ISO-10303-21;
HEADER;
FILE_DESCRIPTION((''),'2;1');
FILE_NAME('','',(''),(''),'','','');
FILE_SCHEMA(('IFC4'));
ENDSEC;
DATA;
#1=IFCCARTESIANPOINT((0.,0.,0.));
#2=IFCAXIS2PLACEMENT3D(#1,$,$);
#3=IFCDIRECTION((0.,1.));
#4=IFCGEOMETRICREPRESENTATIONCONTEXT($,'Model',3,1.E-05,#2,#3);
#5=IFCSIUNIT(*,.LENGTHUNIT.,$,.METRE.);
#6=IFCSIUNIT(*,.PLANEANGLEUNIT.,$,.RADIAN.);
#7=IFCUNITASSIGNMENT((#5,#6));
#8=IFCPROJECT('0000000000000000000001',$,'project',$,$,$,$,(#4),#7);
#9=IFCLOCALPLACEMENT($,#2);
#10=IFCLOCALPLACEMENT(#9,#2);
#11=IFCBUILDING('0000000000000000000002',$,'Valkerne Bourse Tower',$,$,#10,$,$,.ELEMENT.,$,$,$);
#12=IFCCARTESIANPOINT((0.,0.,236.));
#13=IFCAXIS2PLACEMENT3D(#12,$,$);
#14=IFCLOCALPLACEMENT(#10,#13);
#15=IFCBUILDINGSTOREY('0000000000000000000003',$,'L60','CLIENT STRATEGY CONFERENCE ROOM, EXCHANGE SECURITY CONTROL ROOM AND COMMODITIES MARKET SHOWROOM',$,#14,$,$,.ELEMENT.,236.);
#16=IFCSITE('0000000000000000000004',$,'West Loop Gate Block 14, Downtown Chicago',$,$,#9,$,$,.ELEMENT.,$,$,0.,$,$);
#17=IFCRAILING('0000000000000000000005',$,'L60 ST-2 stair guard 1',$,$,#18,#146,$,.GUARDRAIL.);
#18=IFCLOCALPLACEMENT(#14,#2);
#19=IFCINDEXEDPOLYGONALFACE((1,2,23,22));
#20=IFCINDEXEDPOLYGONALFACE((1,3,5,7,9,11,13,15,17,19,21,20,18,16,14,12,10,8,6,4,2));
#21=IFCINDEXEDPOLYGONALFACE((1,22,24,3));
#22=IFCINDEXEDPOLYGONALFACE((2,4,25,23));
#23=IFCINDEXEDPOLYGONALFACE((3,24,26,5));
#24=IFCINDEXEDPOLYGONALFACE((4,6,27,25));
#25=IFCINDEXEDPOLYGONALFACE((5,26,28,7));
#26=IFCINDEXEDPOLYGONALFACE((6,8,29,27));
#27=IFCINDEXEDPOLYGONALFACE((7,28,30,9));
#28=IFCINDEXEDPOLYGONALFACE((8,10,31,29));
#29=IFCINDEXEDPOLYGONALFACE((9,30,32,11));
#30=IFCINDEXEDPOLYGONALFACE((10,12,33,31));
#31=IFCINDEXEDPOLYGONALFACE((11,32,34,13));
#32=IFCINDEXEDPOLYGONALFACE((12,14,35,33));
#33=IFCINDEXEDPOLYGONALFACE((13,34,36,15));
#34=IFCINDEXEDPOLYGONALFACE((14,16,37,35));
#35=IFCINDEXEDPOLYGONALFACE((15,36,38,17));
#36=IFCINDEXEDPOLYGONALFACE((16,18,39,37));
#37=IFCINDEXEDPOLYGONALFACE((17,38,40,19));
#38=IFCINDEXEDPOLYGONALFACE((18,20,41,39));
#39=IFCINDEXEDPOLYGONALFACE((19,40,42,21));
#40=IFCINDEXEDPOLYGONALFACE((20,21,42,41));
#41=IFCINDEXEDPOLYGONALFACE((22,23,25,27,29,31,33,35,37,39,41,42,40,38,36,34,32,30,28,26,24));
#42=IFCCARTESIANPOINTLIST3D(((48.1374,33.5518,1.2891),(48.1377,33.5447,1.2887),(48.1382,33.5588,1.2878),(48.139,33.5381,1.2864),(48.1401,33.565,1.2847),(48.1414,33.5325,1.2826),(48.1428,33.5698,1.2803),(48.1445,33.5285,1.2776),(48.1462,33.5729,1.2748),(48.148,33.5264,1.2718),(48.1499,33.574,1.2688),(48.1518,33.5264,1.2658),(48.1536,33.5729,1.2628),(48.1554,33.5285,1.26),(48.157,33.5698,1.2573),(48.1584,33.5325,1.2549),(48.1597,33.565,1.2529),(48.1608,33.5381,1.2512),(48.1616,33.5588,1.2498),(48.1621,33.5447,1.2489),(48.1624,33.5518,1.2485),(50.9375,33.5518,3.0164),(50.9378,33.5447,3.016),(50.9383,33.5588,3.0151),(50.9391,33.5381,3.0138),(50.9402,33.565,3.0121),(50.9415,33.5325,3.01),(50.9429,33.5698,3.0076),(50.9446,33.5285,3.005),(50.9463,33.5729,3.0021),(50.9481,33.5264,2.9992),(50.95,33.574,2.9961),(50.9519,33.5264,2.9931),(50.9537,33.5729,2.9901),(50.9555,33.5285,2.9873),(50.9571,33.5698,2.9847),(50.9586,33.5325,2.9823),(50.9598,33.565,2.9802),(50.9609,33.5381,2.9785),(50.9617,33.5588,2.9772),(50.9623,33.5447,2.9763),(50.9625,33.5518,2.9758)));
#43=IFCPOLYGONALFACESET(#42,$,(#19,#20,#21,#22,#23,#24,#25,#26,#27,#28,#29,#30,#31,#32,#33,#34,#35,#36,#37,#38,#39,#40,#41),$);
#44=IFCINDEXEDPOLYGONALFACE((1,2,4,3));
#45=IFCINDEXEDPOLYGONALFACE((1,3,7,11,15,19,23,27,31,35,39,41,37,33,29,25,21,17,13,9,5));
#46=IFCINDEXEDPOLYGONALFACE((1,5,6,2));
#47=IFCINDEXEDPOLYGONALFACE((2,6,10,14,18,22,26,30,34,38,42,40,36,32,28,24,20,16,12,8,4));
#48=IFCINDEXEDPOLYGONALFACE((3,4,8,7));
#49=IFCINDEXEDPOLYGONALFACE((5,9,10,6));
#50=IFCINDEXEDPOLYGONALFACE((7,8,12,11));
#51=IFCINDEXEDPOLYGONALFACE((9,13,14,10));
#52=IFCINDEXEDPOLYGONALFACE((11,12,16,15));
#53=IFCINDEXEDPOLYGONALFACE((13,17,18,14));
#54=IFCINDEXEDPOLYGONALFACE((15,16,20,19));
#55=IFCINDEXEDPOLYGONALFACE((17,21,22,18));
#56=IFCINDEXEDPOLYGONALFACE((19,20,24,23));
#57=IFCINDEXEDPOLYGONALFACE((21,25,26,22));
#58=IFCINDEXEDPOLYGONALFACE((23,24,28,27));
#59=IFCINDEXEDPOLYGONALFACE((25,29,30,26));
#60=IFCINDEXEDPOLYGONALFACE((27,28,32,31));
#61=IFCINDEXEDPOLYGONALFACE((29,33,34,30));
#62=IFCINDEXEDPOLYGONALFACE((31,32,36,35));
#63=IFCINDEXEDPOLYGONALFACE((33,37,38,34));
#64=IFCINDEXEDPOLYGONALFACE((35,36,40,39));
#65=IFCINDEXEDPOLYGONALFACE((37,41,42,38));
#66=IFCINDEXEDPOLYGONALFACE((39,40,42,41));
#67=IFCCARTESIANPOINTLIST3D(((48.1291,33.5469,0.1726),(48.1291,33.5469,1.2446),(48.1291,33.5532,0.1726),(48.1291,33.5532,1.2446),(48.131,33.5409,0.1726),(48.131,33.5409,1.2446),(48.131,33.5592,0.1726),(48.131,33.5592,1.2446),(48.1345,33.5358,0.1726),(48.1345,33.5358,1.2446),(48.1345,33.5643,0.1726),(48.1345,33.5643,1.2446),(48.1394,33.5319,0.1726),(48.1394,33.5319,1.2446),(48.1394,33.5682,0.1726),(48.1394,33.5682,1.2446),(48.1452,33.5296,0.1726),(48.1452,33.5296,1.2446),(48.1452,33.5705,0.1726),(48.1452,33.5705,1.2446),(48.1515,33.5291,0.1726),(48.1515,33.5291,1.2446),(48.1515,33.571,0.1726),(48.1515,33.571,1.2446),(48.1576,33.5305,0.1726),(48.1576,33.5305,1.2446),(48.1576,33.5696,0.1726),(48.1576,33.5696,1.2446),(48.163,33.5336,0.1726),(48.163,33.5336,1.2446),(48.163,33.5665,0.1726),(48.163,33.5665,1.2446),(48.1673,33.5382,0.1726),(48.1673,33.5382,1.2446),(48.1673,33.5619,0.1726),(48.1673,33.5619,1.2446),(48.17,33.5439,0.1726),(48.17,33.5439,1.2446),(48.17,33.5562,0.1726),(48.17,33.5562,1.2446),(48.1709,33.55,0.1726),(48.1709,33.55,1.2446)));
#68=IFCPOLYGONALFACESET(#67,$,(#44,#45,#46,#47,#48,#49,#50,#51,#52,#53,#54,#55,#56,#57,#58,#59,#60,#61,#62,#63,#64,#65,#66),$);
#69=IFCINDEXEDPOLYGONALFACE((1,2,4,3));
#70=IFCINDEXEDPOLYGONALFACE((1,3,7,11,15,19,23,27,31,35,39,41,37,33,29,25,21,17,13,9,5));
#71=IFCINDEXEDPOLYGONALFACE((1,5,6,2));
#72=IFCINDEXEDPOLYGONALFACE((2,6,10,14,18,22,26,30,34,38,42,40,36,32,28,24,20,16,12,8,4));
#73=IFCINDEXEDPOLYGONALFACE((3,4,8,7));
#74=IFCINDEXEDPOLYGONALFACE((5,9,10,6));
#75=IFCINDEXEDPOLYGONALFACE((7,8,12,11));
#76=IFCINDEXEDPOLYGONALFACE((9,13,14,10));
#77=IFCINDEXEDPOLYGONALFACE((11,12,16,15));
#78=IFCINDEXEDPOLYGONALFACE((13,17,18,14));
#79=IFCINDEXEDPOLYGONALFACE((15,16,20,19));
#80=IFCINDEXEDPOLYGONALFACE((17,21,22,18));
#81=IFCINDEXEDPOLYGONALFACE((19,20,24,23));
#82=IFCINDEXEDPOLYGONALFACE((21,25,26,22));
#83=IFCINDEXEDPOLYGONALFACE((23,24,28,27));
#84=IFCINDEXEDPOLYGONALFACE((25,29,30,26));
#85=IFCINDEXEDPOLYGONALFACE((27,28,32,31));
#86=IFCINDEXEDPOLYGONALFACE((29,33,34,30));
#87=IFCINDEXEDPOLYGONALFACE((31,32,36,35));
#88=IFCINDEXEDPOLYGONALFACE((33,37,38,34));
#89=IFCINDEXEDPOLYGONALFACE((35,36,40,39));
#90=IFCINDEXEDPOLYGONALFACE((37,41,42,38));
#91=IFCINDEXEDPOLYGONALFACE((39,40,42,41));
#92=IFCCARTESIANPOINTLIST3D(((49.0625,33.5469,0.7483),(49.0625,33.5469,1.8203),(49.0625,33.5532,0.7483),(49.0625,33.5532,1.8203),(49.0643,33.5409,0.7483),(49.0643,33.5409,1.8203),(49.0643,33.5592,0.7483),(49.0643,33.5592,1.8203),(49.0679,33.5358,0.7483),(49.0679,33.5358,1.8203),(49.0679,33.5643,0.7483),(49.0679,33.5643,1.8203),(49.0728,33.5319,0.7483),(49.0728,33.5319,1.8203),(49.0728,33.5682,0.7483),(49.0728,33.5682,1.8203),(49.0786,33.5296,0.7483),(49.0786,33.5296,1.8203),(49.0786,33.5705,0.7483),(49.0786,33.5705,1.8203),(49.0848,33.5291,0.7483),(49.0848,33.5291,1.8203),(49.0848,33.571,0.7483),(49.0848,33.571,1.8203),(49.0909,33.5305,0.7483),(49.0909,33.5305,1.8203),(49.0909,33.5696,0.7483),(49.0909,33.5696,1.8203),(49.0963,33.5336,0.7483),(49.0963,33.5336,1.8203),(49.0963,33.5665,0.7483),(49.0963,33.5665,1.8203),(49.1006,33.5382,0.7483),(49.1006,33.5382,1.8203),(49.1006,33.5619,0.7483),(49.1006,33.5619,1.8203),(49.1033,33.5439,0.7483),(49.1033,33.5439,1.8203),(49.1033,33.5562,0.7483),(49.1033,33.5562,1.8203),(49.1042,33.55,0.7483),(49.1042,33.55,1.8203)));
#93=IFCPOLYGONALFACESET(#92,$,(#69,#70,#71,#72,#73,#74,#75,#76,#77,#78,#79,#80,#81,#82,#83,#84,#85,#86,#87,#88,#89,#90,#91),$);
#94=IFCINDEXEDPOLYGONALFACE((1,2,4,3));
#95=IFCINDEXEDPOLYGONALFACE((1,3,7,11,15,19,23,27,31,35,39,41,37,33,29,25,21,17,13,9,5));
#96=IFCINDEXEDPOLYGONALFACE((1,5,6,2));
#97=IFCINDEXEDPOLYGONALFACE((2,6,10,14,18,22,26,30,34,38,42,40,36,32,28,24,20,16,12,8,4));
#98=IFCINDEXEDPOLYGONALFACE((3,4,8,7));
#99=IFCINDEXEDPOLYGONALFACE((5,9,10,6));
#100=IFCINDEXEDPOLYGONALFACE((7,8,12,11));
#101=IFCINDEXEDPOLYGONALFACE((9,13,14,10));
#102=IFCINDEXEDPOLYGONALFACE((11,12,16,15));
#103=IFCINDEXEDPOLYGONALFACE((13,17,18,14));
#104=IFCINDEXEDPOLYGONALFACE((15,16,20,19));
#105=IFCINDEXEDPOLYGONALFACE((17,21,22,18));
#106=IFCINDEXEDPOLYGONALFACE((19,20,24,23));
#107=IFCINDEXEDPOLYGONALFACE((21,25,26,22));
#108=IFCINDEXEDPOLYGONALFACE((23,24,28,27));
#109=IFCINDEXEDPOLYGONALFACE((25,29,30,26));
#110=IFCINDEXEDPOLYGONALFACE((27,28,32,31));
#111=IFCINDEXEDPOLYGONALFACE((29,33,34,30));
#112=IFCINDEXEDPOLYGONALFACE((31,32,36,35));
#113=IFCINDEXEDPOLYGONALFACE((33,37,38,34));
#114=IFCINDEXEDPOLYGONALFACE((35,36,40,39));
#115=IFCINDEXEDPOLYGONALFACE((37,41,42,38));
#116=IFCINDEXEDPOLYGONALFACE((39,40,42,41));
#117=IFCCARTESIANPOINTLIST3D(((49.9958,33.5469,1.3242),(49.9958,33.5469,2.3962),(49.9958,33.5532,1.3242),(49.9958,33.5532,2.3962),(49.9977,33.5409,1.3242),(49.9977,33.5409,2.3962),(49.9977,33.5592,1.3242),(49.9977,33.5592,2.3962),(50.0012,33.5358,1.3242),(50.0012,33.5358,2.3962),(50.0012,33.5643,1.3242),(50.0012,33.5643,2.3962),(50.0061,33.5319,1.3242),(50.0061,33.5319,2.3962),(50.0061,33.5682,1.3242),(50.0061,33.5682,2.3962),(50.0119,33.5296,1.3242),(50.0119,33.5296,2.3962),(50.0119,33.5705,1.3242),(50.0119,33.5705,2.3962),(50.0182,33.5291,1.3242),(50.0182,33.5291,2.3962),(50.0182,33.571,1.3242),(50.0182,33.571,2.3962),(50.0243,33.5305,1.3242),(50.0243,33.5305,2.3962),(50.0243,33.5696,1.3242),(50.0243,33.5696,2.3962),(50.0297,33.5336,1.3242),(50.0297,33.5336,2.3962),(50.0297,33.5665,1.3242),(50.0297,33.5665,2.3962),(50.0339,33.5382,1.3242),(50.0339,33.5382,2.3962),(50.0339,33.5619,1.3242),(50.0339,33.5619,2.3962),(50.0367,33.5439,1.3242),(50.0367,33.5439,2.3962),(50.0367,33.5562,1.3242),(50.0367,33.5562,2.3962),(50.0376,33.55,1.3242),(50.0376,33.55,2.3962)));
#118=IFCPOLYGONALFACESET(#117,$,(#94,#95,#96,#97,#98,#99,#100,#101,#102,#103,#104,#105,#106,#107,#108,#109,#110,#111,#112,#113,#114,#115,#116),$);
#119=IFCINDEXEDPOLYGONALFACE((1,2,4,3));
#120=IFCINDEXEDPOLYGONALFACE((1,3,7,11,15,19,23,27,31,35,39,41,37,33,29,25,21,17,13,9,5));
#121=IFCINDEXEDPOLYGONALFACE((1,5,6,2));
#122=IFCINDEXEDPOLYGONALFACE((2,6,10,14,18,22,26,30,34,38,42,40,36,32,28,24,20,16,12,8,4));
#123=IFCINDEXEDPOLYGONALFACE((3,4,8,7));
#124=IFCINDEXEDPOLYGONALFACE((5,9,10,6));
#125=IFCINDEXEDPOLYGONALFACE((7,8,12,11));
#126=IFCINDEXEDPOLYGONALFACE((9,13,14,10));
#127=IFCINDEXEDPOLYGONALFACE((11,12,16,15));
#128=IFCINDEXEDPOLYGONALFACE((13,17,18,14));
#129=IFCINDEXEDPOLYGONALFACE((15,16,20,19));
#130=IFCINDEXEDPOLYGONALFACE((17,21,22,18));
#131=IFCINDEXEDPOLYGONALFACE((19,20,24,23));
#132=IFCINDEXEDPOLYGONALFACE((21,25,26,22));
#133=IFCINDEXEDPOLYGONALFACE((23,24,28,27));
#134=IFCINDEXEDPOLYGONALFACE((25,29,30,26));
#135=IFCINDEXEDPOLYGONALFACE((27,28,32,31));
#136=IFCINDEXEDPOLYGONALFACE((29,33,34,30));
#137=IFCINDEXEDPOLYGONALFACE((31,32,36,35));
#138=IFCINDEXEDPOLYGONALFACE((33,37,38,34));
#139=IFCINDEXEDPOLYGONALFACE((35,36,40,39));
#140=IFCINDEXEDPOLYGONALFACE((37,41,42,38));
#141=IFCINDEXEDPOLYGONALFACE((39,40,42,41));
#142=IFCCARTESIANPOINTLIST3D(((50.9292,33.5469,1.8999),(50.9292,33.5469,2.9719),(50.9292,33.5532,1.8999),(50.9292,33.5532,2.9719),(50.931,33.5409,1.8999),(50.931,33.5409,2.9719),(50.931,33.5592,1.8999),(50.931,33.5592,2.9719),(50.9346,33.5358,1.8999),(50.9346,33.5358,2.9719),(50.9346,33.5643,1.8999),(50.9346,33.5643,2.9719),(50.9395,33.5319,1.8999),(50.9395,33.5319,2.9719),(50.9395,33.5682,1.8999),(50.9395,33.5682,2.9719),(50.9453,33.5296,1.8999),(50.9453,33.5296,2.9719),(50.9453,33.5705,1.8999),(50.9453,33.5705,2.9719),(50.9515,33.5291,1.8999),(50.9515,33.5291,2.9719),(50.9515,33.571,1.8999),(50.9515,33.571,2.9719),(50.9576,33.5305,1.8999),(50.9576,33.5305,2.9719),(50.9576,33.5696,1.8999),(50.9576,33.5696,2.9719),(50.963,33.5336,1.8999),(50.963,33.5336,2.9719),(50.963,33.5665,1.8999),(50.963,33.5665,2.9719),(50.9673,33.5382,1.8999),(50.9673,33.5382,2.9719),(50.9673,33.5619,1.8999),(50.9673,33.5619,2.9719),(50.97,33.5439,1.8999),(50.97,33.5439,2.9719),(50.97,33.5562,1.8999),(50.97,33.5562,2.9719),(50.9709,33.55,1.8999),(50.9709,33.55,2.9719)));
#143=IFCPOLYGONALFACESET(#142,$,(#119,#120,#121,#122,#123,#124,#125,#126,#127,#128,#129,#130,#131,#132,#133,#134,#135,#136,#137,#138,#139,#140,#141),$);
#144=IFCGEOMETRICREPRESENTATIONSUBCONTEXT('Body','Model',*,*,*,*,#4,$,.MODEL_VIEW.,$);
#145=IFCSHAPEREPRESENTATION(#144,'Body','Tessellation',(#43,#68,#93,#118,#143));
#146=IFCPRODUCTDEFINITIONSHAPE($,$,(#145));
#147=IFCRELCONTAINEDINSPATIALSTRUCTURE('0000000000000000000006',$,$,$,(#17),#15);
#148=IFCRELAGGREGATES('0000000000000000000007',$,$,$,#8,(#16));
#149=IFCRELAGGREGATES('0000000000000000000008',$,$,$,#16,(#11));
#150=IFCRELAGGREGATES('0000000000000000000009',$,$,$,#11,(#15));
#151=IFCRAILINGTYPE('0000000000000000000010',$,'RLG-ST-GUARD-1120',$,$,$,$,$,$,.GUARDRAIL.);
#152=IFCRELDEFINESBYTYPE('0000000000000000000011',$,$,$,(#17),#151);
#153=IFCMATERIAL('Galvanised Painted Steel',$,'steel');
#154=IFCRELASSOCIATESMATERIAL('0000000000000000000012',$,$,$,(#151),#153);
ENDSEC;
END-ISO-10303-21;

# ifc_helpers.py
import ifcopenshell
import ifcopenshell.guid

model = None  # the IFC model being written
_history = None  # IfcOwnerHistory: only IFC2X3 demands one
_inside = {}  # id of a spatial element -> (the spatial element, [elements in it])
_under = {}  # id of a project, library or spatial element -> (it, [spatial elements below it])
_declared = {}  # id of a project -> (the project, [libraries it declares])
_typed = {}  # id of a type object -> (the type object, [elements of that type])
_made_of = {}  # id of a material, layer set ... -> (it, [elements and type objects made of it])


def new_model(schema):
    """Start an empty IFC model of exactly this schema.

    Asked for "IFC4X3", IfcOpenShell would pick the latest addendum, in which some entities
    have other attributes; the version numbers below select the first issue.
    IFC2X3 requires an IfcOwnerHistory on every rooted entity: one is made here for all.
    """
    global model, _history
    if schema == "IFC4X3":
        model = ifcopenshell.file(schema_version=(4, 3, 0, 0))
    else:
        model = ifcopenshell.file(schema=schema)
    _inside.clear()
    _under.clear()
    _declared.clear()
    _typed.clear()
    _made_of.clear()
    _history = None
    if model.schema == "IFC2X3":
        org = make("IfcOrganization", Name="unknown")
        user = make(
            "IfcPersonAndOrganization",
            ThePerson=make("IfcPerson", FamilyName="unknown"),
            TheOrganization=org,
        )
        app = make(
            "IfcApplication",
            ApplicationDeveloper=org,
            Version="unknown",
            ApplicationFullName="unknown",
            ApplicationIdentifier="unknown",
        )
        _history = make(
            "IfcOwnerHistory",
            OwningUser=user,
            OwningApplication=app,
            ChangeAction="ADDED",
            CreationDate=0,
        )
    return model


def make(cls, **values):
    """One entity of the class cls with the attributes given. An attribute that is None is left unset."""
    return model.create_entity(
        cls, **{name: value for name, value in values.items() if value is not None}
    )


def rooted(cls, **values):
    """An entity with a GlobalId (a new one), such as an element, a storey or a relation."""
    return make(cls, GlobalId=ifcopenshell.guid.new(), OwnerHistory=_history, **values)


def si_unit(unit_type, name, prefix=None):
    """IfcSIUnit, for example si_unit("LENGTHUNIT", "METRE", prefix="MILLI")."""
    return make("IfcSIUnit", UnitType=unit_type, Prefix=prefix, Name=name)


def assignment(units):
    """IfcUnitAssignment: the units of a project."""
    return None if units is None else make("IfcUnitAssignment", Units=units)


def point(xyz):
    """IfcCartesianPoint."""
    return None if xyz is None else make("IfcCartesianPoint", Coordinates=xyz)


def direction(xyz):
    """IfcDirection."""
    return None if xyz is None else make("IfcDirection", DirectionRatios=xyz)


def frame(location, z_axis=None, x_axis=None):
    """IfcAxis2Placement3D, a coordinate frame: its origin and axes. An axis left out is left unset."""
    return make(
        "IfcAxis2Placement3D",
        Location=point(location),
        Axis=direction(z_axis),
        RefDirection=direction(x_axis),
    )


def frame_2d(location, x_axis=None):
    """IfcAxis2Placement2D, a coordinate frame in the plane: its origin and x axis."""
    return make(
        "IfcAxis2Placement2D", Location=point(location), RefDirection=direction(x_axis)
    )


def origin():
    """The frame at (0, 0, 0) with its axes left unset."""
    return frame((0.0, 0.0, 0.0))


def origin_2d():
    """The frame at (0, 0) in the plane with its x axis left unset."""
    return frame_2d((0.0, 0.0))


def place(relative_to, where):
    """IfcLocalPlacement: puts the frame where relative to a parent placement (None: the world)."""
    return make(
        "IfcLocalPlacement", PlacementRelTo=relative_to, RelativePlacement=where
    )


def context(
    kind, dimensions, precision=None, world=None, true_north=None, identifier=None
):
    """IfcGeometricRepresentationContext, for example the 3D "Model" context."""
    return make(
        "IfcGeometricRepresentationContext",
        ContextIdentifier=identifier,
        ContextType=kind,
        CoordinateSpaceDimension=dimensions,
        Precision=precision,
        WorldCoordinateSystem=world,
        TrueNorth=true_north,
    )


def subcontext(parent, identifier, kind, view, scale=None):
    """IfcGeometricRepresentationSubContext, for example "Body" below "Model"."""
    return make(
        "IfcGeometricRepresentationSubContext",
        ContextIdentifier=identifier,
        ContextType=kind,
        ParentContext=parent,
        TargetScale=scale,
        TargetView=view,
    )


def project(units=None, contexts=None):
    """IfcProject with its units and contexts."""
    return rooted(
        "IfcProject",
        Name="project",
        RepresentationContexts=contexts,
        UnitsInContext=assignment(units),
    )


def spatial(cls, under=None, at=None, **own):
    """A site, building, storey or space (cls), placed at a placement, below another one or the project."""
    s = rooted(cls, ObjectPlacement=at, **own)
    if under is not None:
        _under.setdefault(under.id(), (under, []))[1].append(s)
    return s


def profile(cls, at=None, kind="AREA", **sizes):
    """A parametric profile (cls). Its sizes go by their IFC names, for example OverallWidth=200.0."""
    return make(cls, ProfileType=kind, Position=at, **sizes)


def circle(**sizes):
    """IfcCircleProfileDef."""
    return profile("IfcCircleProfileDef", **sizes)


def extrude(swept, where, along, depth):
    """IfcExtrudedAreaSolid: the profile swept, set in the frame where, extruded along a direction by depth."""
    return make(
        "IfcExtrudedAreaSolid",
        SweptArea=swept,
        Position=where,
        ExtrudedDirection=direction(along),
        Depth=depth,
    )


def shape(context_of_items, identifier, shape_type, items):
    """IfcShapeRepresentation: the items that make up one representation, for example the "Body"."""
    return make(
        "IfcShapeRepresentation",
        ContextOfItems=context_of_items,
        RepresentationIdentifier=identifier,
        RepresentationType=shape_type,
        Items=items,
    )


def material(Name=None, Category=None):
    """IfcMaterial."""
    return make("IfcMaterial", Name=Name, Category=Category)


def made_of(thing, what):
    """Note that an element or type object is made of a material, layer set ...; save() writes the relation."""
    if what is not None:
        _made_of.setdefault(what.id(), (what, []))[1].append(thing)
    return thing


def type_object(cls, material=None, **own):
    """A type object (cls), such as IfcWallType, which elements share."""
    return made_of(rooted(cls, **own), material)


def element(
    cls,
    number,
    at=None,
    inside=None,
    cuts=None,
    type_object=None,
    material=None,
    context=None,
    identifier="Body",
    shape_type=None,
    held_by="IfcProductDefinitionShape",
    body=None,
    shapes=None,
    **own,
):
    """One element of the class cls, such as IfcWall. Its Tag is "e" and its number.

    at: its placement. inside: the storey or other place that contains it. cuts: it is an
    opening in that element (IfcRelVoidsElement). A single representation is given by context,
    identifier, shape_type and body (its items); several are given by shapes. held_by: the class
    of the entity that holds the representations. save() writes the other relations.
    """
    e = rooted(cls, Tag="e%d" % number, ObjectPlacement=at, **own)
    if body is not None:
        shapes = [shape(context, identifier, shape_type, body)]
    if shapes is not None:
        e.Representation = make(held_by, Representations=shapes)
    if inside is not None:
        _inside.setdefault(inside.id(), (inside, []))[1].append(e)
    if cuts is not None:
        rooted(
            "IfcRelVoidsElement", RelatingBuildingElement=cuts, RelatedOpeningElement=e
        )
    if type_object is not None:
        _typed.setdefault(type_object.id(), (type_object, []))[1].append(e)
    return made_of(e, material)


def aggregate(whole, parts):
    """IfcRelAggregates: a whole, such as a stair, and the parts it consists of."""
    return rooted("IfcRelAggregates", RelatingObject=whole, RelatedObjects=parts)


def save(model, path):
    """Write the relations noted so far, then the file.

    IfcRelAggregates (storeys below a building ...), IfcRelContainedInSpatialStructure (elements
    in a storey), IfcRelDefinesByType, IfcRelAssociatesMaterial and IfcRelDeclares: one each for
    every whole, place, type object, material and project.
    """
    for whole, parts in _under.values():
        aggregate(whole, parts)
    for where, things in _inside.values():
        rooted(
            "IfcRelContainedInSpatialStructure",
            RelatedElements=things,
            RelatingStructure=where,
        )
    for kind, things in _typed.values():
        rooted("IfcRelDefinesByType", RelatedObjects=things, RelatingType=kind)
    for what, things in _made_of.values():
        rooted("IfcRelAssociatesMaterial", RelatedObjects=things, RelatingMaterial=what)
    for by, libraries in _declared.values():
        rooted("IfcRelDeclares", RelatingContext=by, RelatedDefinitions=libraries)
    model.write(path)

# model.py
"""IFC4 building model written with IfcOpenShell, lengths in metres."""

from ifc_helpers import new_model, si_unit, direction, frame, origin, origin_2d, place, context, subcontext, project, spatial, circle, extrude, material, type_object, element, save


model = new_model("IFC4")

# Units and contexts
model_context = context("Model", 3, precision=1e-05, world=origin(), true_north=direction((0.0, 1.0)))
body_context = subcontext(model_context, "Body", "Model", "MODEL_VIEW")
ifc_project = project(units=[si_unit("LENGTHUNIT", "METRE"), si_unit("PLANEANGLEUNIT", "RADIAN")], contexts=[model_context])

# Site, building, storey
site_placement = place(None, origin())
site = spatial("IfcSite", under=ifc_project, at=site_placement, Name="West Loop Gate Block 14, Downtown Chicago", CompositionType="ELEMENT", RefElevation=0.0)
building_placement = place(site_placement, origin())
building = spatial("IfcBuilding", under=site, at=building_placement, Name="Valkerne Bourse Tower", CompositionType="ELEMENT")
storey_placement = place(building_placement, frame((0.0, 0.0, 236.0)))
storey = spatial("IfcBuildingStorey", under=building, at=storey_placement, Name="L60", Description="CLIENT STRATEGY CONFERENCE ROOM, EXCHANGE SECURITY CONTROL ROOM AND COMMODITIES MARKET SHOWROOM", CompositionType="ELEMENT", Elevation=236.0)

# Shared definitions
ifc_material_1 = material(Name="Galvanised Painted Steel", Category="steel")

# Railing
railing_type_1 = type_object("IfcRailingType", Name="RLG-ST-GUARD-1120", PredefinedType="GUARDRAIL", material=ifc_material_1)
railing_1_placement = place(storey_placement, frame((48.1499, 33.55, 0.1726)))
element("IfcRailing", 1, at=railing_1_placement, inside=storey, type_object=railing_type_1, Name="L60 ST-2 stair guard 1", PredefinedType="GUARDRAIL", context=body_context, shape_type="SweptSolid", body=[
    extrude(circle(Radius=0.0239, at=origin_2d()), frame((0.0, 0.0, 1.0962), z_axis=(0.85109, 0.0, 0.52502), x_axis=(0.0, 1.0, 0.0)), (0.0, 0.0, 1.0), 3.29),
    extrude(circle(Radius=0.021, at=origin_2d()), origin(), (0.0, 0.0, 1.0), 1.072),
    extrude(circle(Radius=0.021, at=origin_2d()), frame((0.9333, 0.0, 0.5757)), (0.0, 0.0, 1.0), 1.072),
    extrude(circle(Radius=0.021, at=origin_2d()), frame((1.8667, 0.0, 1.1516)), (0.0, 0.0, 1.0), 1.072),
    extrude(circle(Radius=0.021, at=origin_2d()), frame((2.8, 0.0, 1.7273)), (0.0, 0.0, 1.0), 1.072),
])

save(model, "model.ifc")
